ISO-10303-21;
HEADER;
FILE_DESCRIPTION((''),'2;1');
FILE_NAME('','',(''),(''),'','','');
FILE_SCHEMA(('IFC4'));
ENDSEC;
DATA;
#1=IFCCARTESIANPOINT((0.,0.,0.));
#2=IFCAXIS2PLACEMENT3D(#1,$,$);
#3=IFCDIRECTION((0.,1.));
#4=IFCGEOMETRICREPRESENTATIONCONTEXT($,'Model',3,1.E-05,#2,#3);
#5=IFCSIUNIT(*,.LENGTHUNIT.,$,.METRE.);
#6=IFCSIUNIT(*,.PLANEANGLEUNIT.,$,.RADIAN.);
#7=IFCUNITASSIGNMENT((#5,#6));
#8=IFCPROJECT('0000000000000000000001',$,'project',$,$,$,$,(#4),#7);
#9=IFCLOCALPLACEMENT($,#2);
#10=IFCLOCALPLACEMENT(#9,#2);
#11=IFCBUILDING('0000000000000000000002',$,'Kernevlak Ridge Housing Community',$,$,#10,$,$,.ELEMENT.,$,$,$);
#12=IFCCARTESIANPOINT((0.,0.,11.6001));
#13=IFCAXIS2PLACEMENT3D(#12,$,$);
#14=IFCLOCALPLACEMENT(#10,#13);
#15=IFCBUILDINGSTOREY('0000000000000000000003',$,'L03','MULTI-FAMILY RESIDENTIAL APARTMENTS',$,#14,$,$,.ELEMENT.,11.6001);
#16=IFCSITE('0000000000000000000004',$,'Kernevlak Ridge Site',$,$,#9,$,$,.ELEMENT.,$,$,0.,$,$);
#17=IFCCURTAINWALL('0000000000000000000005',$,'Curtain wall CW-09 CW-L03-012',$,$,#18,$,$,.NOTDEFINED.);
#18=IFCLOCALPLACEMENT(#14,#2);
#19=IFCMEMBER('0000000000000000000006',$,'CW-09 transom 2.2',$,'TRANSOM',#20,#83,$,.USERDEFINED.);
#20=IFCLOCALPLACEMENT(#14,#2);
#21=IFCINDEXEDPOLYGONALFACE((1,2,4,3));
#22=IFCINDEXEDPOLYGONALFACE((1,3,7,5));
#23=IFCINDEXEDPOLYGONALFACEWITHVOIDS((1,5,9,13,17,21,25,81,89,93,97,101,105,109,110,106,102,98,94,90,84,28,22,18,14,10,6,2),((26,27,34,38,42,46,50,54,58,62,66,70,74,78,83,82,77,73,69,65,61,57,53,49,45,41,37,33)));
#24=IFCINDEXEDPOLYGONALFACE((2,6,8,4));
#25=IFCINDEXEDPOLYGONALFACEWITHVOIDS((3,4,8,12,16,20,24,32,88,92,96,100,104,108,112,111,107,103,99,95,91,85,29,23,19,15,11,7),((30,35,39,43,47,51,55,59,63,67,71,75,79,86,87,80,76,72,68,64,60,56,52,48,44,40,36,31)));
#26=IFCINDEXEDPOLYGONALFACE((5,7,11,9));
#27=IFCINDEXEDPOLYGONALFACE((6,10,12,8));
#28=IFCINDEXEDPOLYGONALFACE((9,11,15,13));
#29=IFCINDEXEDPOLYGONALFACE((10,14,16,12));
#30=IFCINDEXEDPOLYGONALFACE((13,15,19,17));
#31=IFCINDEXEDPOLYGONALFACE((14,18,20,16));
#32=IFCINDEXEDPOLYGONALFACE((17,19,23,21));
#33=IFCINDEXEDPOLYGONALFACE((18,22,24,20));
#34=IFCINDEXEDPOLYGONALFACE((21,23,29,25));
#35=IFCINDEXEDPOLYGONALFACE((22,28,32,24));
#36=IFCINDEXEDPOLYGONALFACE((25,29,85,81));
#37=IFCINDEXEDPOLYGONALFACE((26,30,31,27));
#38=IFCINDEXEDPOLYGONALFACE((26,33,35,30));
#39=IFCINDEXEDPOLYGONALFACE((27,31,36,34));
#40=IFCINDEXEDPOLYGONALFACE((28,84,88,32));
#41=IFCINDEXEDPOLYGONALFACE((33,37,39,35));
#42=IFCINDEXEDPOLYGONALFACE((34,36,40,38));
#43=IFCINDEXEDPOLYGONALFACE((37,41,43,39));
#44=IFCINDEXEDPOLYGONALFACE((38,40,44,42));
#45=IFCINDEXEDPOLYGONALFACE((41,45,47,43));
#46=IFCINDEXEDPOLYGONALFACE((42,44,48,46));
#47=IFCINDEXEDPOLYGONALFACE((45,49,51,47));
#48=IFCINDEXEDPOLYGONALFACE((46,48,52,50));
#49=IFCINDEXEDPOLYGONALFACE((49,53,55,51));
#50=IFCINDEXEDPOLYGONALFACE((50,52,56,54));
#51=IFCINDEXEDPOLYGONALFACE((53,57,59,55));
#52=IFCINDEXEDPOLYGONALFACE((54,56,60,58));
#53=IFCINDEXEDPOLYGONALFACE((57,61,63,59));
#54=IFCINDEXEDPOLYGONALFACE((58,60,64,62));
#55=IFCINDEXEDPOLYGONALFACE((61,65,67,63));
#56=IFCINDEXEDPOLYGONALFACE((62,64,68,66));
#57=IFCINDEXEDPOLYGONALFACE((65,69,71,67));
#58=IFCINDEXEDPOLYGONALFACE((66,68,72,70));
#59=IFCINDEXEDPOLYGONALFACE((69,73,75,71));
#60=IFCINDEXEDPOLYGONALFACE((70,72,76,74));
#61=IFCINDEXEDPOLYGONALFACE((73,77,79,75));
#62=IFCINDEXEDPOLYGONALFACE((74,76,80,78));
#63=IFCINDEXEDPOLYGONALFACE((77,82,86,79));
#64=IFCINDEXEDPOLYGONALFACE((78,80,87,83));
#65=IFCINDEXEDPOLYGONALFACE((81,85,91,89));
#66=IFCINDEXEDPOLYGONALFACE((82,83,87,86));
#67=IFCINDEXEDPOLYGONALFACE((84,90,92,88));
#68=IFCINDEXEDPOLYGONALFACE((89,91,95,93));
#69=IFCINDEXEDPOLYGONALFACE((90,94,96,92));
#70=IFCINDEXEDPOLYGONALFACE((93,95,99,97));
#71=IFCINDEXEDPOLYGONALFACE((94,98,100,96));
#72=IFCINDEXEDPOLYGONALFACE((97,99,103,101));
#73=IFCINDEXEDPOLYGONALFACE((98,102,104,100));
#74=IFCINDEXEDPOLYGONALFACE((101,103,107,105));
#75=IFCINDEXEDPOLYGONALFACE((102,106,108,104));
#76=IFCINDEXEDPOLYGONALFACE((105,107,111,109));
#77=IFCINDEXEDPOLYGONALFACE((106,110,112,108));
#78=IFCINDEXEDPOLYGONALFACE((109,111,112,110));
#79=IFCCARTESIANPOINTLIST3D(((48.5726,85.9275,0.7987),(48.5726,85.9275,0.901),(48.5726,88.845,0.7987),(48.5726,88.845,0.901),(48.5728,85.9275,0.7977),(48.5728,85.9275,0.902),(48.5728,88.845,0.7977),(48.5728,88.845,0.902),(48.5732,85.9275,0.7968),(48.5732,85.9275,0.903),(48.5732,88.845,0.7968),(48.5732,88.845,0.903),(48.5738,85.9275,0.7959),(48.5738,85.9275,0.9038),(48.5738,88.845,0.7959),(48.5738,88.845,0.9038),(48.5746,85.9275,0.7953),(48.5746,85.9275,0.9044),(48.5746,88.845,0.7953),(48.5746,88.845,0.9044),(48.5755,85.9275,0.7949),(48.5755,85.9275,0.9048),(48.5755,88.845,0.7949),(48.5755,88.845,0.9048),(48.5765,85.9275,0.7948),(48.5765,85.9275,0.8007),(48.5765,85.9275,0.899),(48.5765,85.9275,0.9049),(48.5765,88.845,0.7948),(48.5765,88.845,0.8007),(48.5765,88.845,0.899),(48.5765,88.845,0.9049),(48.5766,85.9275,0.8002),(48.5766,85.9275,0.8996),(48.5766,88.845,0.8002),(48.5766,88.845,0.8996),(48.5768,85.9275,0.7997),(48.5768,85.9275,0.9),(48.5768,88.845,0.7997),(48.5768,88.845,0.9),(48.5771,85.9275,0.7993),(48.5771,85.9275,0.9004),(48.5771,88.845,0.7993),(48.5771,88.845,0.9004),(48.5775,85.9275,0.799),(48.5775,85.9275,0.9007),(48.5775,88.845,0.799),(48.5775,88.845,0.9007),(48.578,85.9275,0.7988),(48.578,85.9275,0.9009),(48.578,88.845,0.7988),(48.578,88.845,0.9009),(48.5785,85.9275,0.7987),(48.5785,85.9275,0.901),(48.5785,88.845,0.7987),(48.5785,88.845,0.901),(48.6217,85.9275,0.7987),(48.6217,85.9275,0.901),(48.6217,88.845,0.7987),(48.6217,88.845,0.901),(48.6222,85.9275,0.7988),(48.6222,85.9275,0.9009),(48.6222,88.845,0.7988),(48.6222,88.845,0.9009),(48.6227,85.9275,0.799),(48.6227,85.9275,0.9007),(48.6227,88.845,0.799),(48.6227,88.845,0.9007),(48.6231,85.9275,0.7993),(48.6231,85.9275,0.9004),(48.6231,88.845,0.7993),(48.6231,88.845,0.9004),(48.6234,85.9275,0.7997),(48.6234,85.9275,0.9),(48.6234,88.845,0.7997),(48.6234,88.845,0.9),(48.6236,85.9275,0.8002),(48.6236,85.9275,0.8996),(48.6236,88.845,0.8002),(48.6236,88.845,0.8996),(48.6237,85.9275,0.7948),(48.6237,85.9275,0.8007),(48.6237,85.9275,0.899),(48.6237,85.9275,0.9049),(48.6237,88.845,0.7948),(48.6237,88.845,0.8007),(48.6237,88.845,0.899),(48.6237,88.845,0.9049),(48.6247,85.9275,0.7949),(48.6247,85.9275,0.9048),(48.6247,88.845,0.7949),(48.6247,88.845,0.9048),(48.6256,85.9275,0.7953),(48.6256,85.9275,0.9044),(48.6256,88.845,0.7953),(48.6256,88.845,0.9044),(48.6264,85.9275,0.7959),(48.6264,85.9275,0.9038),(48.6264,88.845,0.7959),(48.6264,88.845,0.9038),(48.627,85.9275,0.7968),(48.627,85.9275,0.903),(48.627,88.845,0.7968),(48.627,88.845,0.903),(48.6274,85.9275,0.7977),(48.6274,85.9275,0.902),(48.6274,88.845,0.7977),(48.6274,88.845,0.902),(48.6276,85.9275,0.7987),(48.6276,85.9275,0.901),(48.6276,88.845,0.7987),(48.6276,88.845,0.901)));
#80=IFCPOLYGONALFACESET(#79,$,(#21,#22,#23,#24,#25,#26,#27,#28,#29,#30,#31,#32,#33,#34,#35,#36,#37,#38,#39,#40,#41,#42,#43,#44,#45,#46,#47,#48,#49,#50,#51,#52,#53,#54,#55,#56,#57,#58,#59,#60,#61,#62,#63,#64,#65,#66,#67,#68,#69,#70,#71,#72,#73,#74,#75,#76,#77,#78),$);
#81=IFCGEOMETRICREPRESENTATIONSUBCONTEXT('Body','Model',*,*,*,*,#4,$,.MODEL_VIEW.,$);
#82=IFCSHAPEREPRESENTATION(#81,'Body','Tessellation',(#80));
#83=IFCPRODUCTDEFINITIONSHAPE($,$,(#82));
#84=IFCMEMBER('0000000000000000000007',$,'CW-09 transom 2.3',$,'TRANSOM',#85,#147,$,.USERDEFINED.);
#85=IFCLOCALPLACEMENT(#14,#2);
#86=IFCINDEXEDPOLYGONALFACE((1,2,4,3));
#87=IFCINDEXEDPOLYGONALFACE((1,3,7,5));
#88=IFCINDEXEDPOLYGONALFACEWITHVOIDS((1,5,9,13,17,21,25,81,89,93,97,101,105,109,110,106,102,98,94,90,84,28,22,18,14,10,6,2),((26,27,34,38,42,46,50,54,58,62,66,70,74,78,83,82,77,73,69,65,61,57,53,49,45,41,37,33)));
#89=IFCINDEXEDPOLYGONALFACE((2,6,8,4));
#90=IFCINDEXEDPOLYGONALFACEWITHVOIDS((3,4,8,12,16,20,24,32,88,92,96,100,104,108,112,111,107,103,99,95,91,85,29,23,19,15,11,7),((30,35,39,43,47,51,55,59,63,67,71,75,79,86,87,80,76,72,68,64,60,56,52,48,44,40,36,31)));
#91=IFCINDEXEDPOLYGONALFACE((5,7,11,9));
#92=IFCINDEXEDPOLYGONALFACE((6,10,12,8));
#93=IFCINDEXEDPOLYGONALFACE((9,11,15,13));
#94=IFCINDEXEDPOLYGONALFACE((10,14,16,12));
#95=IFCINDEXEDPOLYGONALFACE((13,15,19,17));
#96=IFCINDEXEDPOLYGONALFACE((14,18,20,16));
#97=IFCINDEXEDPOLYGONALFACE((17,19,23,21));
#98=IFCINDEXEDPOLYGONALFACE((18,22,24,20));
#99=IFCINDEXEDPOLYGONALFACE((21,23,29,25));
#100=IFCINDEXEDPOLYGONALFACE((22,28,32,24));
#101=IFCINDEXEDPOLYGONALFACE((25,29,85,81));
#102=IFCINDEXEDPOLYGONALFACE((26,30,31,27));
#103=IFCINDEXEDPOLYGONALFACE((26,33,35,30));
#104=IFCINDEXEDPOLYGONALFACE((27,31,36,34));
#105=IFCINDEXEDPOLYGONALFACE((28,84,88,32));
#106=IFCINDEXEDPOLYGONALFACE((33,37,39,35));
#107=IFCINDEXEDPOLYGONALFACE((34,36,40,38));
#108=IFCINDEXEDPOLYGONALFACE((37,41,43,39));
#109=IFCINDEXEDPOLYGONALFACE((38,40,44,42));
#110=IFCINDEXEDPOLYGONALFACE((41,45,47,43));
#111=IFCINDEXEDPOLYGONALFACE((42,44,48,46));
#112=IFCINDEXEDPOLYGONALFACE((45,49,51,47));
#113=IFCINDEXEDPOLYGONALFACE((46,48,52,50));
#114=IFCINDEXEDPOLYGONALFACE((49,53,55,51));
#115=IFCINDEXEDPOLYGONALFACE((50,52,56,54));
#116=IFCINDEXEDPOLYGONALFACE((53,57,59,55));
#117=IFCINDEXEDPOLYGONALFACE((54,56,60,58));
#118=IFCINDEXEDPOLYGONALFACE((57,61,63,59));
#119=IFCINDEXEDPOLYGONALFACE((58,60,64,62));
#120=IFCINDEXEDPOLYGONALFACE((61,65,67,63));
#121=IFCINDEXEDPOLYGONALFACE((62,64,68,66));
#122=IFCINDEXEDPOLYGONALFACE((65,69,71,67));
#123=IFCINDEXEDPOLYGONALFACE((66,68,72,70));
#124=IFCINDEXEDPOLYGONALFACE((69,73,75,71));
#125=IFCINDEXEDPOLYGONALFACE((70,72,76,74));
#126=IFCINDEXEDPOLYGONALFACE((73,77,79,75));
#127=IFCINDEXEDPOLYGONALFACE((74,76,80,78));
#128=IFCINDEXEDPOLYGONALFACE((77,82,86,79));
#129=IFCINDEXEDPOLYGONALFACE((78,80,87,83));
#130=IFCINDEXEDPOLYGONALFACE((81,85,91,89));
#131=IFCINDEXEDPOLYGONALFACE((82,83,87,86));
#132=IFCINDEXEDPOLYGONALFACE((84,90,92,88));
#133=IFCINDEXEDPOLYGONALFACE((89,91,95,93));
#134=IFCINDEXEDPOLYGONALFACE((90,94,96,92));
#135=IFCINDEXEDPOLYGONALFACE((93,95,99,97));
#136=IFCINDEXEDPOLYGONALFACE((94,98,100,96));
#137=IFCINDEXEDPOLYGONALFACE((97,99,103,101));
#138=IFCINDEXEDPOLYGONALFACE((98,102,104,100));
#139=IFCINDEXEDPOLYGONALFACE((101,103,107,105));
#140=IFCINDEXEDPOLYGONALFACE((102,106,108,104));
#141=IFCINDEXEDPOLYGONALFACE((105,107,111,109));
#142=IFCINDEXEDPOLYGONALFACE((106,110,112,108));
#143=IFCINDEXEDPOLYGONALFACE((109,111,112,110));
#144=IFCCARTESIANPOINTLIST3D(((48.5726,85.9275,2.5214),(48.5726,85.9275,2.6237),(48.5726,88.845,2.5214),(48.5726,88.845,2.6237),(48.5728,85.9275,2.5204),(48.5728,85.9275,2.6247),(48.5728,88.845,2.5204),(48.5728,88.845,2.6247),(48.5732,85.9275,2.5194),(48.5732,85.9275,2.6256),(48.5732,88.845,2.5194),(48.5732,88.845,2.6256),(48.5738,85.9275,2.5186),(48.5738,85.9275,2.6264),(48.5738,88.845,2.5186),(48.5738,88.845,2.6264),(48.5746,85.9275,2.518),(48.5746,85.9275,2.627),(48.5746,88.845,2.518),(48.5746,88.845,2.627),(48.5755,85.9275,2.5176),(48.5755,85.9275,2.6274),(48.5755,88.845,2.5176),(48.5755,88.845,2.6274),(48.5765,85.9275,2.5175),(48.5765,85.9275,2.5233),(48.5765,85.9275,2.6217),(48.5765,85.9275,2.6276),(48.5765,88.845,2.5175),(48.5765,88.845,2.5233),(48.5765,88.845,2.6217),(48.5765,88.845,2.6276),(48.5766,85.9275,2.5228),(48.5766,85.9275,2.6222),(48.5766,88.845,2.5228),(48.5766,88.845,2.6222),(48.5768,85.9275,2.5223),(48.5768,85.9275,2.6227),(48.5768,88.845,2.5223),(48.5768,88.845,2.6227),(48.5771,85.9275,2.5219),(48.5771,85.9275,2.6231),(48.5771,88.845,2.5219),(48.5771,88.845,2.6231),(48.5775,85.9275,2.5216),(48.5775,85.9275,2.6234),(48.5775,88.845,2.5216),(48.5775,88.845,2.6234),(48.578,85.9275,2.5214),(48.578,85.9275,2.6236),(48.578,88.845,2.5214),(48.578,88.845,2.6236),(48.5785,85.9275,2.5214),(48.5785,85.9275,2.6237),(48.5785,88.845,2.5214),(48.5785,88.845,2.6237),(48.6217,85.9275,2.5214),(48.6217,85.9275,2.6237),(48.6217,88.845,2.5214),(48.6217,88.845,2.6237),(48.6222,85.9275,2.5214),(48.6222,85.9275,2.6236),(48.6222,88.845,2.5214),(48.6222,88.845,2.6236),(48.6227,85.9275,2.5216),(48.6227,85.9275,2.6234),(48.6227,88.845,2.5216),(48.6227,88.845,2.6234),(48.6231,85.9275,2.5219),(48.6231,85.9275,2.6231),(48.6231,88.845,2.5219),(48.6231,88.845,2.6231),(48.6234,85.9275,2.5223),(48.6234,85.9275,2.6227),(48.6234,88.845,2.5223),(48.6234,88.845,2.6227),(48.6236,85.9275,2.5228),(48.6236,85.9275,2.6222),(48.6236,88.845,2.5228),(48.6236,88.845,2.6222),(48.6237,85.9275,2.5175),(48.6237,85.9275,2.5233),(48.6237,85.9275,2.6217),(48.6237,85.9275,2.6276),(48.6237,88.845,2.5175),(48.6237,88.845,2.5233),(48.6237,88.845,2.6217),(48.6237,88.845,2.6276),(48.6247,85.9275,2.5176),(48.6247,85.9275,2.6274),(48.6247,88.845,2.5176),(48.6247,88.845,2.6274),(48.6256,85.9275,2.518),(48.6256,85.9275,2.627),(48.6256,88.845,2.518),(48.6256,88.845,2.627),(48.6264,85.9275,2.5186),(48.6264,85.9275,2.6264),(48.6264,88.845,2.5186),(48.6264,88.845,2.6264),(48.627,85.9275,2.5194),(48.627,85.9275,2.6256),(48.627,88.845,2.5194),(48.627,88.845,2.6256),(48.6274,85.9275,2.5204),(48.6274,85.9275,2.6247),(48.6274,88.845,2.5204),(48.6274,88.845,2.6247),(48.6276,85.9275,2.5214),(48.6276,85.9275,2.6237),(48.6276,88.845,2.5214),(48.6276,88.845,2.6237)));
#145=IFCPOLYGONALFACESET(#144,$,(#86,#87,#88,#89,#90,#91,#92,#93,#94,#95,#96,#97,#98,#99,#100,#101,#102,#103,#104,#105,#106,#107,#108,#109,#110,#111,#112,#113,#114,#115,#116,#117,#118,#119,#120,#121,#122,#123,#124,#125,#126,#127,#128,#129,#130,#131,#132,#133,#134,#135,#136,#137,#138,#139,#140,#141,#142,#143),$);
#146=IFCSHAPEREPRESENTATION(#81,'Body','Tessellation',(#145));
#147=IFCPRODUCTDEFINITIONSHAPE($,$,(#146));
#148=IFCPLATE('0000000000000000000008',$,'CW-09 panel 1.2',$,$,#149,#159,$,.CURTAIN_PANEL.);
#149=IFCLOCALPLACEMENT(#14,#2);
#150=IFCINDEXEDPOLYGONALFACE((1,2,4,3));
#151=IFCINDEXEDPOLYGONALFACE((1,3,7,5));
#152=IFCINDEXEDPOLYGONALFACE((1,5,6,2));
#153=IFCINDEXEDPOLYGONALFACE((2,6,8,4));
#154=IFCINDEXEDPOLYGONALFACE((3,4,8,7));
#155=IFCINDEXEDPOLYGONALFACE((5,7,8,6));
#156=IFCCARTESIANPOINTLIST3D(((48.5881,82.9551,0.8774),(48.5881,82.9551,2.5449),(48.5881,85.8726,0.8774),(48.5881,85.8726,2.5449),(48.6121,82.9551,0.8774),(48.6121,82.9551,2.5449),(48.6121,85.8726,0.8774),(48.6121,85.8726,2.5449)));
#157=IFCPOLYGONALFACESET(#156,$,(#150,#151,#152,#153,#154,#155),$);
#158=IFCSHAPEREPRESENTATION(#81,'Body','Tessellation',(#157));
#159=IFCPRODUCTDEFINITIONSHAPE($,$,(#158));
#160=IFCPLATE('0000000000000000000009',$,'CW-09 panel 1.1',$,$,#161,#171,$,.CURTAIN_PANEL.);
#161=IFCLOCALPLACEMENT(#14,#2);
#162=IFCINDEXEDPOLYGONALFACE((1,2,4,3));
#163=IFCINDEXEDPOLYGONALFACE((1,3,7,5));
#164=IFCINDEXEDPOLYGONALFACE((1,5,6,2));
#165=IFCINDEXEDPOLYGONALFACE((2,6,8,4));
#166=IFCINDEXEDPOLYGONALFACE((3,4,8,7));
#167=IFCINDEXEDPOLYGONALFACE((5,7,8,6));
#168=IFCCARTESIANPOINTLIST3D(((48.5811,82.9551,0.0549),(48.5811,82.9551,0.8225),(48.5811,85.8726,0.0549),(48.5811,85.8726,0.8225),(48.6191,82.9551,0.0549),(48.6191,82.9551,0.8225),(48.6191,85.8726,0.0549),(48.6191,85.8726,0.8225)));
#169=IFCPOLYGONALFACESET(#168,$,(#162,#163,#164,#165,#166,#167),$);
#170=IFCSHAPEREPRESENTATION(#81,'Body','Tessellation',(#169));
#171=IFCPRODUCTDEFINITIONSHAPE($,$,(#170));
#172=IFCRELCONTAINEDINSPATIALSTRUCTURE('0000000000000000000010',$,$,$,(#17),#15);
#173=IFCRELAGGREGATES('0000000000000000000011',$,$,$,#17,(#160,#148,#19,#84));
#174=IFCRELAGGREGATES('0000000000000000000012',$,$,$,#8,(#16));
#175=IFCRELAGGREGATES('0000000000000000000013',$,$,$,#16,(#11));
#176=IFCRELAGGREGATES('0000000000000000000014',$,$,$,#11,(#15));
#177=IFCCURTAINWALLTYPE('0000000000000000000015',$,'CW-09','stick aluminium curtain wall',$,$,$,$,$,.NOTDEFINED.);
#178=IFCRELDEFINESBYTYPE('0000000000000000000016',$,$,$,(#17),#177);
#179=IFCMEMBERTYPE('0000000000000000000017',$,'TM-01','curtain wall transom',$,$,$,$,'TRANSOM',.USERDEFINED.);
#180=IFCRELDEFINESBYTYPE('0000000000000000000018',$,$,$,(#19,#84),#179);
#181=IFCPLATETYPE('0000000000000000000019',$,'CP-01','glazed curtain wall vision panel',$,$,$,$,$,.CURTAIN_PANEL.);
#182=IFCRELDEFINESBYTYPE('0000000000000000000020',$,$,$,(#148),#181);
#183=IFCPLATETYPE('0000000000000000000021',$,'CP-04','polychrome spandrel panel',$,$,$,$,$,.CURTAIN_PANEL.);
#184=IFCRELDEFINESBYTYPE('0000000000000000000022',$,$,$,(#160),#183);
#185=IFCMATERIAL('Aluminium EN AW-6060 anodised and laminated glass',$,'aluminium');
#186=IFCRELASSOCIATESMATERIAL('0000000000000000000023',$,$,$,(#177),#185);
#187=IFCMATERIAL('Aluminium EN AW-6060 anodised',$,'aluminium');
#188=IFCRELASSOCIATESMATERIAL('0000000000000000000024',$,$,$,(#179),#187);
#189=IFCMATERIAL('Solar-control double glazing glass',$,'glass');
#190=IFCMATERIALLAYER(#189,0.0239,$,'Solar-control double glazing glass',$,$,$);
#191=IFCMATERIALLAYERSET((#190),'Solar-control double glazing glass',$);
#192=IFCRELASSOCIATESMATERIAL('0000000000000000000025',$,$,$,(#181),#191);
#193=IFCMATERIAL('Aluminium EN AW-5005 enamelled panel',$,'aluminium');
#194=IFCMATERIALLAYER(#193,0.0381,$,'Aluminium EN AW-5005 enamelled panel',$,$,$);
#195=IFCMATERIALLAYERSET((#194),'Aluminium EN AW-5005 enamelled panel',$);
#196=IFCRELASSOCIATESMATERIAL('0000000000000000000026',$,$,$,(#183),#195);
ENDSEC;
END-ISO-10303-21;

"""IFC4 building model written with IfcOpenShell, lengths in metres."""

from ifc_helpers import new_model, si_unit, direction, frame, origin, origin_2d, place, context, subcontext, project, spatial, rectangle, hollow_rectangle, extrude, material, layer, layer_set, material_profile, profile_set, type_object, element, aggregate, save


model = new_model("IFC4")

# Units and contexts
model_context = context("Model", 3, precision=1e-05, world=origin(), true_north=direction((0.0, 1.0)))
body_context = subcontext(model_context, "Body", "Model", "MODEL_VIEW")
ifc_project = project(units=[si_unit("LENGTHUNIT", "METRE"), si_unit("PLANEANGLEUNIT", "RADIAN")], contexts=[model_context])

# Site, building, storey
site_placement = place(None, origin())
site = spatial("IfcSite", under=ifc_project, at=site_placement, Name="Kernevlak Ridge Site", CompositionType="ELEMENT", RefElevation=0.0)
building_placement = place(site_placement, origin())
building = spatial("IfcBuilding", under=site, at=building_placement, Name="Kernevlak Ridge Housing Community", CompositionType="ELEMENT")
storey_placement = place(building_placement, frame((0.0, 0.0, 11.6001)))
storey = spatial("IfcBuildingStorey", under=building, at=storey_placement, Name="L03", Description="MULTI-FAMILY RESIDENTIAL APARTMENTS", CompositionType="ELEMENT", Elevation=11.6001)

# Curtain wall, members, plates
ifc_material_1 = material(Name="Aluminium EN AW-6060 anodised and laminated glass", Category="aluminium")
curtain_wall_type = type_object("IfcCurtainWallType", Name="CW-09", Description="stick aluminium curtain wall", PredefinedType="NOTDEFINED", material=ifc_material_1)
curtain_wall_placement = place(storey_placement, origin())
curtain_wall = element("IfcCurtainWall", 1, at=curtain_wall_placement, inside=storey, type_object=curtain_wall_type, Name="Curtain wall CW-09 CW-L03-012", PredefinedType="NOTDEFINED")
ifc_material_2 = material(Name="Aluminium EN AW-6060 anodised", Category="aluminium")
ifc_material_profile_1 = material_profile(ifc_material_2, hollow_rectangle(XDim=0.0549, YDim=0.1101, WallThickness=0.0039, InnerFilletRadius=0.002, OuterFilletRadius=0.0039, at=origin_2d()), Name="ALU 55x110x4")
ifc_profile_set_1 = profile_set([ifc_material_profile_1], Name="Aluminium EN AW-6060 anodised")
member_type = type_object("IfcMemberType", Name="TM-01", Description="curtain wall transom", ElementType="TRANSOM", PredefinedType="USERDEFINED", material=ifc_profile_set_1)
member_1_placement = place(storey_placement, frame((48.6001, 85.9275, 0.8499), z_axis=(0.0, 1.0, 0.0), x_axis=(-1.0, 0.0, 0.0)))
member_1 = element("IfcMember", 2, at=member_1_placement, type_object=member_type, Name="CW-09 transom 2.2", ObjectType="TRANSOM", PredefinedType="USERDEFINED", context=body_context, shape_type="SweptSolid", body=[
    extrude(hollow_rectangle(XDim=0.0549, YDim=0.1101, WallThickness=0.0039, InnerFilletRadius=0.002, OuterFilletRadius=0.0039, at=origin_2d()), origin(), (0.0, 0.0, 1.0), 2.9175),
])
member_2_placement = place(storey_placement, frame((48.6001, 85.9275, 2.5725), z_axis=(0.0, 1.0, 0.0), x_axis=(-1.0, 0.0, 0.0)))
member_2 = element("IfcMember", 3, at=member_2_placement, type_object=member_type, Name="CW-09 transom 2.3", ObjectType="TRANSOM", PredefinedType="USERDEFINED", context=body_context, shape_type="SweptSolid", body=[
    extrude(hollow_rectangle(XDim=0.0549, YDim=0.1101, WallThickness=0.0039, InnerFilletRadius=0.002, OuterFilletRadius=0.0039, at=origin_2d()), origin(), (0.0, 0.0, 1.0), 2.9175),
])
ifc_material_3 = material(Name="Solar-control double glazing glass", Category="glass")
ifc_layer_1 = layer(ifc_material_3, 0.0239, Name="Solar-control double glazing glass")
ifc_layer_set_1 = layer_set([ifc_layer_1], Name="Solar-control double glazing glass")
plate_type_1 = type_object("IfcPlateType", Name="CP-01", Description="glazed curtain wall vision panel", PredefinedType="CURTAIN_PANEL", material=ifc_layer_set_1)
plate_1_placement = place(storey_placement, frame((48.6001, 84.4138, 0.8774), z_axis=(0.0, 0.0, 1.0), x_axis=(0.0, 1.0, 0.0)))
plate_1 = element("IfcPlate", 4, at=plate_1_placement, type_object=plate_type_1, Name="CW-09 panel 1.2", PredefinedType="CURTAIN_PANEL", context=body_context, shape_type="SweptSolid", body=[
    extrude(rectangle(XDim=2.9175, YDim=0.0239, at=origin_2d()), origin(), (0.0, 0.0, 1.0), 1.6675),
])
ifc_material_4 = material(Name="Aluminium EN AW-5005 enamelled panel", Category="aluminium")
ifc_layer_2 = layer(ifc_material_4, 0.0381, Name="Aluminium EN AW-5005 enamelled panel")
ifc_layer_set_2 = layer_set([ifc_layer_2], Name="Aluminium EN AW-5005 enamelled panel")
plate_type_2 = type_object("IfcPlateType", Name="CP-04", Description="polychrome spandrel panel", PredefinedType="CURTAIN_PANEL", material=ifc_layer_set_2)
plate_2_placement = place(storey_placement, frame((48.6001, 84.4138, 0.0549), z_axis=(0.0, 0.0, 1.0), x_axis=(0.0, 1.0, 0.0)))
plate_2 = element("IfcPlate", 5, at=plate_2_placement, type_object=plate_type_2, Name="CW-09 panel 1.1", PredefinedType="CURTAIN_PANEL", context=body_context, shape_type="SweptSolid", body=[
    extrude(rectangle(XDim=2.9175, YDim=0.0381, at=origin_2d()), origin(), (0.0, 0.0, 1.0), 0.7676),
])
aggregate(curtain_wall, [plate_2, plate_1, member_1, member_2])

save(model, "model.ifc")
